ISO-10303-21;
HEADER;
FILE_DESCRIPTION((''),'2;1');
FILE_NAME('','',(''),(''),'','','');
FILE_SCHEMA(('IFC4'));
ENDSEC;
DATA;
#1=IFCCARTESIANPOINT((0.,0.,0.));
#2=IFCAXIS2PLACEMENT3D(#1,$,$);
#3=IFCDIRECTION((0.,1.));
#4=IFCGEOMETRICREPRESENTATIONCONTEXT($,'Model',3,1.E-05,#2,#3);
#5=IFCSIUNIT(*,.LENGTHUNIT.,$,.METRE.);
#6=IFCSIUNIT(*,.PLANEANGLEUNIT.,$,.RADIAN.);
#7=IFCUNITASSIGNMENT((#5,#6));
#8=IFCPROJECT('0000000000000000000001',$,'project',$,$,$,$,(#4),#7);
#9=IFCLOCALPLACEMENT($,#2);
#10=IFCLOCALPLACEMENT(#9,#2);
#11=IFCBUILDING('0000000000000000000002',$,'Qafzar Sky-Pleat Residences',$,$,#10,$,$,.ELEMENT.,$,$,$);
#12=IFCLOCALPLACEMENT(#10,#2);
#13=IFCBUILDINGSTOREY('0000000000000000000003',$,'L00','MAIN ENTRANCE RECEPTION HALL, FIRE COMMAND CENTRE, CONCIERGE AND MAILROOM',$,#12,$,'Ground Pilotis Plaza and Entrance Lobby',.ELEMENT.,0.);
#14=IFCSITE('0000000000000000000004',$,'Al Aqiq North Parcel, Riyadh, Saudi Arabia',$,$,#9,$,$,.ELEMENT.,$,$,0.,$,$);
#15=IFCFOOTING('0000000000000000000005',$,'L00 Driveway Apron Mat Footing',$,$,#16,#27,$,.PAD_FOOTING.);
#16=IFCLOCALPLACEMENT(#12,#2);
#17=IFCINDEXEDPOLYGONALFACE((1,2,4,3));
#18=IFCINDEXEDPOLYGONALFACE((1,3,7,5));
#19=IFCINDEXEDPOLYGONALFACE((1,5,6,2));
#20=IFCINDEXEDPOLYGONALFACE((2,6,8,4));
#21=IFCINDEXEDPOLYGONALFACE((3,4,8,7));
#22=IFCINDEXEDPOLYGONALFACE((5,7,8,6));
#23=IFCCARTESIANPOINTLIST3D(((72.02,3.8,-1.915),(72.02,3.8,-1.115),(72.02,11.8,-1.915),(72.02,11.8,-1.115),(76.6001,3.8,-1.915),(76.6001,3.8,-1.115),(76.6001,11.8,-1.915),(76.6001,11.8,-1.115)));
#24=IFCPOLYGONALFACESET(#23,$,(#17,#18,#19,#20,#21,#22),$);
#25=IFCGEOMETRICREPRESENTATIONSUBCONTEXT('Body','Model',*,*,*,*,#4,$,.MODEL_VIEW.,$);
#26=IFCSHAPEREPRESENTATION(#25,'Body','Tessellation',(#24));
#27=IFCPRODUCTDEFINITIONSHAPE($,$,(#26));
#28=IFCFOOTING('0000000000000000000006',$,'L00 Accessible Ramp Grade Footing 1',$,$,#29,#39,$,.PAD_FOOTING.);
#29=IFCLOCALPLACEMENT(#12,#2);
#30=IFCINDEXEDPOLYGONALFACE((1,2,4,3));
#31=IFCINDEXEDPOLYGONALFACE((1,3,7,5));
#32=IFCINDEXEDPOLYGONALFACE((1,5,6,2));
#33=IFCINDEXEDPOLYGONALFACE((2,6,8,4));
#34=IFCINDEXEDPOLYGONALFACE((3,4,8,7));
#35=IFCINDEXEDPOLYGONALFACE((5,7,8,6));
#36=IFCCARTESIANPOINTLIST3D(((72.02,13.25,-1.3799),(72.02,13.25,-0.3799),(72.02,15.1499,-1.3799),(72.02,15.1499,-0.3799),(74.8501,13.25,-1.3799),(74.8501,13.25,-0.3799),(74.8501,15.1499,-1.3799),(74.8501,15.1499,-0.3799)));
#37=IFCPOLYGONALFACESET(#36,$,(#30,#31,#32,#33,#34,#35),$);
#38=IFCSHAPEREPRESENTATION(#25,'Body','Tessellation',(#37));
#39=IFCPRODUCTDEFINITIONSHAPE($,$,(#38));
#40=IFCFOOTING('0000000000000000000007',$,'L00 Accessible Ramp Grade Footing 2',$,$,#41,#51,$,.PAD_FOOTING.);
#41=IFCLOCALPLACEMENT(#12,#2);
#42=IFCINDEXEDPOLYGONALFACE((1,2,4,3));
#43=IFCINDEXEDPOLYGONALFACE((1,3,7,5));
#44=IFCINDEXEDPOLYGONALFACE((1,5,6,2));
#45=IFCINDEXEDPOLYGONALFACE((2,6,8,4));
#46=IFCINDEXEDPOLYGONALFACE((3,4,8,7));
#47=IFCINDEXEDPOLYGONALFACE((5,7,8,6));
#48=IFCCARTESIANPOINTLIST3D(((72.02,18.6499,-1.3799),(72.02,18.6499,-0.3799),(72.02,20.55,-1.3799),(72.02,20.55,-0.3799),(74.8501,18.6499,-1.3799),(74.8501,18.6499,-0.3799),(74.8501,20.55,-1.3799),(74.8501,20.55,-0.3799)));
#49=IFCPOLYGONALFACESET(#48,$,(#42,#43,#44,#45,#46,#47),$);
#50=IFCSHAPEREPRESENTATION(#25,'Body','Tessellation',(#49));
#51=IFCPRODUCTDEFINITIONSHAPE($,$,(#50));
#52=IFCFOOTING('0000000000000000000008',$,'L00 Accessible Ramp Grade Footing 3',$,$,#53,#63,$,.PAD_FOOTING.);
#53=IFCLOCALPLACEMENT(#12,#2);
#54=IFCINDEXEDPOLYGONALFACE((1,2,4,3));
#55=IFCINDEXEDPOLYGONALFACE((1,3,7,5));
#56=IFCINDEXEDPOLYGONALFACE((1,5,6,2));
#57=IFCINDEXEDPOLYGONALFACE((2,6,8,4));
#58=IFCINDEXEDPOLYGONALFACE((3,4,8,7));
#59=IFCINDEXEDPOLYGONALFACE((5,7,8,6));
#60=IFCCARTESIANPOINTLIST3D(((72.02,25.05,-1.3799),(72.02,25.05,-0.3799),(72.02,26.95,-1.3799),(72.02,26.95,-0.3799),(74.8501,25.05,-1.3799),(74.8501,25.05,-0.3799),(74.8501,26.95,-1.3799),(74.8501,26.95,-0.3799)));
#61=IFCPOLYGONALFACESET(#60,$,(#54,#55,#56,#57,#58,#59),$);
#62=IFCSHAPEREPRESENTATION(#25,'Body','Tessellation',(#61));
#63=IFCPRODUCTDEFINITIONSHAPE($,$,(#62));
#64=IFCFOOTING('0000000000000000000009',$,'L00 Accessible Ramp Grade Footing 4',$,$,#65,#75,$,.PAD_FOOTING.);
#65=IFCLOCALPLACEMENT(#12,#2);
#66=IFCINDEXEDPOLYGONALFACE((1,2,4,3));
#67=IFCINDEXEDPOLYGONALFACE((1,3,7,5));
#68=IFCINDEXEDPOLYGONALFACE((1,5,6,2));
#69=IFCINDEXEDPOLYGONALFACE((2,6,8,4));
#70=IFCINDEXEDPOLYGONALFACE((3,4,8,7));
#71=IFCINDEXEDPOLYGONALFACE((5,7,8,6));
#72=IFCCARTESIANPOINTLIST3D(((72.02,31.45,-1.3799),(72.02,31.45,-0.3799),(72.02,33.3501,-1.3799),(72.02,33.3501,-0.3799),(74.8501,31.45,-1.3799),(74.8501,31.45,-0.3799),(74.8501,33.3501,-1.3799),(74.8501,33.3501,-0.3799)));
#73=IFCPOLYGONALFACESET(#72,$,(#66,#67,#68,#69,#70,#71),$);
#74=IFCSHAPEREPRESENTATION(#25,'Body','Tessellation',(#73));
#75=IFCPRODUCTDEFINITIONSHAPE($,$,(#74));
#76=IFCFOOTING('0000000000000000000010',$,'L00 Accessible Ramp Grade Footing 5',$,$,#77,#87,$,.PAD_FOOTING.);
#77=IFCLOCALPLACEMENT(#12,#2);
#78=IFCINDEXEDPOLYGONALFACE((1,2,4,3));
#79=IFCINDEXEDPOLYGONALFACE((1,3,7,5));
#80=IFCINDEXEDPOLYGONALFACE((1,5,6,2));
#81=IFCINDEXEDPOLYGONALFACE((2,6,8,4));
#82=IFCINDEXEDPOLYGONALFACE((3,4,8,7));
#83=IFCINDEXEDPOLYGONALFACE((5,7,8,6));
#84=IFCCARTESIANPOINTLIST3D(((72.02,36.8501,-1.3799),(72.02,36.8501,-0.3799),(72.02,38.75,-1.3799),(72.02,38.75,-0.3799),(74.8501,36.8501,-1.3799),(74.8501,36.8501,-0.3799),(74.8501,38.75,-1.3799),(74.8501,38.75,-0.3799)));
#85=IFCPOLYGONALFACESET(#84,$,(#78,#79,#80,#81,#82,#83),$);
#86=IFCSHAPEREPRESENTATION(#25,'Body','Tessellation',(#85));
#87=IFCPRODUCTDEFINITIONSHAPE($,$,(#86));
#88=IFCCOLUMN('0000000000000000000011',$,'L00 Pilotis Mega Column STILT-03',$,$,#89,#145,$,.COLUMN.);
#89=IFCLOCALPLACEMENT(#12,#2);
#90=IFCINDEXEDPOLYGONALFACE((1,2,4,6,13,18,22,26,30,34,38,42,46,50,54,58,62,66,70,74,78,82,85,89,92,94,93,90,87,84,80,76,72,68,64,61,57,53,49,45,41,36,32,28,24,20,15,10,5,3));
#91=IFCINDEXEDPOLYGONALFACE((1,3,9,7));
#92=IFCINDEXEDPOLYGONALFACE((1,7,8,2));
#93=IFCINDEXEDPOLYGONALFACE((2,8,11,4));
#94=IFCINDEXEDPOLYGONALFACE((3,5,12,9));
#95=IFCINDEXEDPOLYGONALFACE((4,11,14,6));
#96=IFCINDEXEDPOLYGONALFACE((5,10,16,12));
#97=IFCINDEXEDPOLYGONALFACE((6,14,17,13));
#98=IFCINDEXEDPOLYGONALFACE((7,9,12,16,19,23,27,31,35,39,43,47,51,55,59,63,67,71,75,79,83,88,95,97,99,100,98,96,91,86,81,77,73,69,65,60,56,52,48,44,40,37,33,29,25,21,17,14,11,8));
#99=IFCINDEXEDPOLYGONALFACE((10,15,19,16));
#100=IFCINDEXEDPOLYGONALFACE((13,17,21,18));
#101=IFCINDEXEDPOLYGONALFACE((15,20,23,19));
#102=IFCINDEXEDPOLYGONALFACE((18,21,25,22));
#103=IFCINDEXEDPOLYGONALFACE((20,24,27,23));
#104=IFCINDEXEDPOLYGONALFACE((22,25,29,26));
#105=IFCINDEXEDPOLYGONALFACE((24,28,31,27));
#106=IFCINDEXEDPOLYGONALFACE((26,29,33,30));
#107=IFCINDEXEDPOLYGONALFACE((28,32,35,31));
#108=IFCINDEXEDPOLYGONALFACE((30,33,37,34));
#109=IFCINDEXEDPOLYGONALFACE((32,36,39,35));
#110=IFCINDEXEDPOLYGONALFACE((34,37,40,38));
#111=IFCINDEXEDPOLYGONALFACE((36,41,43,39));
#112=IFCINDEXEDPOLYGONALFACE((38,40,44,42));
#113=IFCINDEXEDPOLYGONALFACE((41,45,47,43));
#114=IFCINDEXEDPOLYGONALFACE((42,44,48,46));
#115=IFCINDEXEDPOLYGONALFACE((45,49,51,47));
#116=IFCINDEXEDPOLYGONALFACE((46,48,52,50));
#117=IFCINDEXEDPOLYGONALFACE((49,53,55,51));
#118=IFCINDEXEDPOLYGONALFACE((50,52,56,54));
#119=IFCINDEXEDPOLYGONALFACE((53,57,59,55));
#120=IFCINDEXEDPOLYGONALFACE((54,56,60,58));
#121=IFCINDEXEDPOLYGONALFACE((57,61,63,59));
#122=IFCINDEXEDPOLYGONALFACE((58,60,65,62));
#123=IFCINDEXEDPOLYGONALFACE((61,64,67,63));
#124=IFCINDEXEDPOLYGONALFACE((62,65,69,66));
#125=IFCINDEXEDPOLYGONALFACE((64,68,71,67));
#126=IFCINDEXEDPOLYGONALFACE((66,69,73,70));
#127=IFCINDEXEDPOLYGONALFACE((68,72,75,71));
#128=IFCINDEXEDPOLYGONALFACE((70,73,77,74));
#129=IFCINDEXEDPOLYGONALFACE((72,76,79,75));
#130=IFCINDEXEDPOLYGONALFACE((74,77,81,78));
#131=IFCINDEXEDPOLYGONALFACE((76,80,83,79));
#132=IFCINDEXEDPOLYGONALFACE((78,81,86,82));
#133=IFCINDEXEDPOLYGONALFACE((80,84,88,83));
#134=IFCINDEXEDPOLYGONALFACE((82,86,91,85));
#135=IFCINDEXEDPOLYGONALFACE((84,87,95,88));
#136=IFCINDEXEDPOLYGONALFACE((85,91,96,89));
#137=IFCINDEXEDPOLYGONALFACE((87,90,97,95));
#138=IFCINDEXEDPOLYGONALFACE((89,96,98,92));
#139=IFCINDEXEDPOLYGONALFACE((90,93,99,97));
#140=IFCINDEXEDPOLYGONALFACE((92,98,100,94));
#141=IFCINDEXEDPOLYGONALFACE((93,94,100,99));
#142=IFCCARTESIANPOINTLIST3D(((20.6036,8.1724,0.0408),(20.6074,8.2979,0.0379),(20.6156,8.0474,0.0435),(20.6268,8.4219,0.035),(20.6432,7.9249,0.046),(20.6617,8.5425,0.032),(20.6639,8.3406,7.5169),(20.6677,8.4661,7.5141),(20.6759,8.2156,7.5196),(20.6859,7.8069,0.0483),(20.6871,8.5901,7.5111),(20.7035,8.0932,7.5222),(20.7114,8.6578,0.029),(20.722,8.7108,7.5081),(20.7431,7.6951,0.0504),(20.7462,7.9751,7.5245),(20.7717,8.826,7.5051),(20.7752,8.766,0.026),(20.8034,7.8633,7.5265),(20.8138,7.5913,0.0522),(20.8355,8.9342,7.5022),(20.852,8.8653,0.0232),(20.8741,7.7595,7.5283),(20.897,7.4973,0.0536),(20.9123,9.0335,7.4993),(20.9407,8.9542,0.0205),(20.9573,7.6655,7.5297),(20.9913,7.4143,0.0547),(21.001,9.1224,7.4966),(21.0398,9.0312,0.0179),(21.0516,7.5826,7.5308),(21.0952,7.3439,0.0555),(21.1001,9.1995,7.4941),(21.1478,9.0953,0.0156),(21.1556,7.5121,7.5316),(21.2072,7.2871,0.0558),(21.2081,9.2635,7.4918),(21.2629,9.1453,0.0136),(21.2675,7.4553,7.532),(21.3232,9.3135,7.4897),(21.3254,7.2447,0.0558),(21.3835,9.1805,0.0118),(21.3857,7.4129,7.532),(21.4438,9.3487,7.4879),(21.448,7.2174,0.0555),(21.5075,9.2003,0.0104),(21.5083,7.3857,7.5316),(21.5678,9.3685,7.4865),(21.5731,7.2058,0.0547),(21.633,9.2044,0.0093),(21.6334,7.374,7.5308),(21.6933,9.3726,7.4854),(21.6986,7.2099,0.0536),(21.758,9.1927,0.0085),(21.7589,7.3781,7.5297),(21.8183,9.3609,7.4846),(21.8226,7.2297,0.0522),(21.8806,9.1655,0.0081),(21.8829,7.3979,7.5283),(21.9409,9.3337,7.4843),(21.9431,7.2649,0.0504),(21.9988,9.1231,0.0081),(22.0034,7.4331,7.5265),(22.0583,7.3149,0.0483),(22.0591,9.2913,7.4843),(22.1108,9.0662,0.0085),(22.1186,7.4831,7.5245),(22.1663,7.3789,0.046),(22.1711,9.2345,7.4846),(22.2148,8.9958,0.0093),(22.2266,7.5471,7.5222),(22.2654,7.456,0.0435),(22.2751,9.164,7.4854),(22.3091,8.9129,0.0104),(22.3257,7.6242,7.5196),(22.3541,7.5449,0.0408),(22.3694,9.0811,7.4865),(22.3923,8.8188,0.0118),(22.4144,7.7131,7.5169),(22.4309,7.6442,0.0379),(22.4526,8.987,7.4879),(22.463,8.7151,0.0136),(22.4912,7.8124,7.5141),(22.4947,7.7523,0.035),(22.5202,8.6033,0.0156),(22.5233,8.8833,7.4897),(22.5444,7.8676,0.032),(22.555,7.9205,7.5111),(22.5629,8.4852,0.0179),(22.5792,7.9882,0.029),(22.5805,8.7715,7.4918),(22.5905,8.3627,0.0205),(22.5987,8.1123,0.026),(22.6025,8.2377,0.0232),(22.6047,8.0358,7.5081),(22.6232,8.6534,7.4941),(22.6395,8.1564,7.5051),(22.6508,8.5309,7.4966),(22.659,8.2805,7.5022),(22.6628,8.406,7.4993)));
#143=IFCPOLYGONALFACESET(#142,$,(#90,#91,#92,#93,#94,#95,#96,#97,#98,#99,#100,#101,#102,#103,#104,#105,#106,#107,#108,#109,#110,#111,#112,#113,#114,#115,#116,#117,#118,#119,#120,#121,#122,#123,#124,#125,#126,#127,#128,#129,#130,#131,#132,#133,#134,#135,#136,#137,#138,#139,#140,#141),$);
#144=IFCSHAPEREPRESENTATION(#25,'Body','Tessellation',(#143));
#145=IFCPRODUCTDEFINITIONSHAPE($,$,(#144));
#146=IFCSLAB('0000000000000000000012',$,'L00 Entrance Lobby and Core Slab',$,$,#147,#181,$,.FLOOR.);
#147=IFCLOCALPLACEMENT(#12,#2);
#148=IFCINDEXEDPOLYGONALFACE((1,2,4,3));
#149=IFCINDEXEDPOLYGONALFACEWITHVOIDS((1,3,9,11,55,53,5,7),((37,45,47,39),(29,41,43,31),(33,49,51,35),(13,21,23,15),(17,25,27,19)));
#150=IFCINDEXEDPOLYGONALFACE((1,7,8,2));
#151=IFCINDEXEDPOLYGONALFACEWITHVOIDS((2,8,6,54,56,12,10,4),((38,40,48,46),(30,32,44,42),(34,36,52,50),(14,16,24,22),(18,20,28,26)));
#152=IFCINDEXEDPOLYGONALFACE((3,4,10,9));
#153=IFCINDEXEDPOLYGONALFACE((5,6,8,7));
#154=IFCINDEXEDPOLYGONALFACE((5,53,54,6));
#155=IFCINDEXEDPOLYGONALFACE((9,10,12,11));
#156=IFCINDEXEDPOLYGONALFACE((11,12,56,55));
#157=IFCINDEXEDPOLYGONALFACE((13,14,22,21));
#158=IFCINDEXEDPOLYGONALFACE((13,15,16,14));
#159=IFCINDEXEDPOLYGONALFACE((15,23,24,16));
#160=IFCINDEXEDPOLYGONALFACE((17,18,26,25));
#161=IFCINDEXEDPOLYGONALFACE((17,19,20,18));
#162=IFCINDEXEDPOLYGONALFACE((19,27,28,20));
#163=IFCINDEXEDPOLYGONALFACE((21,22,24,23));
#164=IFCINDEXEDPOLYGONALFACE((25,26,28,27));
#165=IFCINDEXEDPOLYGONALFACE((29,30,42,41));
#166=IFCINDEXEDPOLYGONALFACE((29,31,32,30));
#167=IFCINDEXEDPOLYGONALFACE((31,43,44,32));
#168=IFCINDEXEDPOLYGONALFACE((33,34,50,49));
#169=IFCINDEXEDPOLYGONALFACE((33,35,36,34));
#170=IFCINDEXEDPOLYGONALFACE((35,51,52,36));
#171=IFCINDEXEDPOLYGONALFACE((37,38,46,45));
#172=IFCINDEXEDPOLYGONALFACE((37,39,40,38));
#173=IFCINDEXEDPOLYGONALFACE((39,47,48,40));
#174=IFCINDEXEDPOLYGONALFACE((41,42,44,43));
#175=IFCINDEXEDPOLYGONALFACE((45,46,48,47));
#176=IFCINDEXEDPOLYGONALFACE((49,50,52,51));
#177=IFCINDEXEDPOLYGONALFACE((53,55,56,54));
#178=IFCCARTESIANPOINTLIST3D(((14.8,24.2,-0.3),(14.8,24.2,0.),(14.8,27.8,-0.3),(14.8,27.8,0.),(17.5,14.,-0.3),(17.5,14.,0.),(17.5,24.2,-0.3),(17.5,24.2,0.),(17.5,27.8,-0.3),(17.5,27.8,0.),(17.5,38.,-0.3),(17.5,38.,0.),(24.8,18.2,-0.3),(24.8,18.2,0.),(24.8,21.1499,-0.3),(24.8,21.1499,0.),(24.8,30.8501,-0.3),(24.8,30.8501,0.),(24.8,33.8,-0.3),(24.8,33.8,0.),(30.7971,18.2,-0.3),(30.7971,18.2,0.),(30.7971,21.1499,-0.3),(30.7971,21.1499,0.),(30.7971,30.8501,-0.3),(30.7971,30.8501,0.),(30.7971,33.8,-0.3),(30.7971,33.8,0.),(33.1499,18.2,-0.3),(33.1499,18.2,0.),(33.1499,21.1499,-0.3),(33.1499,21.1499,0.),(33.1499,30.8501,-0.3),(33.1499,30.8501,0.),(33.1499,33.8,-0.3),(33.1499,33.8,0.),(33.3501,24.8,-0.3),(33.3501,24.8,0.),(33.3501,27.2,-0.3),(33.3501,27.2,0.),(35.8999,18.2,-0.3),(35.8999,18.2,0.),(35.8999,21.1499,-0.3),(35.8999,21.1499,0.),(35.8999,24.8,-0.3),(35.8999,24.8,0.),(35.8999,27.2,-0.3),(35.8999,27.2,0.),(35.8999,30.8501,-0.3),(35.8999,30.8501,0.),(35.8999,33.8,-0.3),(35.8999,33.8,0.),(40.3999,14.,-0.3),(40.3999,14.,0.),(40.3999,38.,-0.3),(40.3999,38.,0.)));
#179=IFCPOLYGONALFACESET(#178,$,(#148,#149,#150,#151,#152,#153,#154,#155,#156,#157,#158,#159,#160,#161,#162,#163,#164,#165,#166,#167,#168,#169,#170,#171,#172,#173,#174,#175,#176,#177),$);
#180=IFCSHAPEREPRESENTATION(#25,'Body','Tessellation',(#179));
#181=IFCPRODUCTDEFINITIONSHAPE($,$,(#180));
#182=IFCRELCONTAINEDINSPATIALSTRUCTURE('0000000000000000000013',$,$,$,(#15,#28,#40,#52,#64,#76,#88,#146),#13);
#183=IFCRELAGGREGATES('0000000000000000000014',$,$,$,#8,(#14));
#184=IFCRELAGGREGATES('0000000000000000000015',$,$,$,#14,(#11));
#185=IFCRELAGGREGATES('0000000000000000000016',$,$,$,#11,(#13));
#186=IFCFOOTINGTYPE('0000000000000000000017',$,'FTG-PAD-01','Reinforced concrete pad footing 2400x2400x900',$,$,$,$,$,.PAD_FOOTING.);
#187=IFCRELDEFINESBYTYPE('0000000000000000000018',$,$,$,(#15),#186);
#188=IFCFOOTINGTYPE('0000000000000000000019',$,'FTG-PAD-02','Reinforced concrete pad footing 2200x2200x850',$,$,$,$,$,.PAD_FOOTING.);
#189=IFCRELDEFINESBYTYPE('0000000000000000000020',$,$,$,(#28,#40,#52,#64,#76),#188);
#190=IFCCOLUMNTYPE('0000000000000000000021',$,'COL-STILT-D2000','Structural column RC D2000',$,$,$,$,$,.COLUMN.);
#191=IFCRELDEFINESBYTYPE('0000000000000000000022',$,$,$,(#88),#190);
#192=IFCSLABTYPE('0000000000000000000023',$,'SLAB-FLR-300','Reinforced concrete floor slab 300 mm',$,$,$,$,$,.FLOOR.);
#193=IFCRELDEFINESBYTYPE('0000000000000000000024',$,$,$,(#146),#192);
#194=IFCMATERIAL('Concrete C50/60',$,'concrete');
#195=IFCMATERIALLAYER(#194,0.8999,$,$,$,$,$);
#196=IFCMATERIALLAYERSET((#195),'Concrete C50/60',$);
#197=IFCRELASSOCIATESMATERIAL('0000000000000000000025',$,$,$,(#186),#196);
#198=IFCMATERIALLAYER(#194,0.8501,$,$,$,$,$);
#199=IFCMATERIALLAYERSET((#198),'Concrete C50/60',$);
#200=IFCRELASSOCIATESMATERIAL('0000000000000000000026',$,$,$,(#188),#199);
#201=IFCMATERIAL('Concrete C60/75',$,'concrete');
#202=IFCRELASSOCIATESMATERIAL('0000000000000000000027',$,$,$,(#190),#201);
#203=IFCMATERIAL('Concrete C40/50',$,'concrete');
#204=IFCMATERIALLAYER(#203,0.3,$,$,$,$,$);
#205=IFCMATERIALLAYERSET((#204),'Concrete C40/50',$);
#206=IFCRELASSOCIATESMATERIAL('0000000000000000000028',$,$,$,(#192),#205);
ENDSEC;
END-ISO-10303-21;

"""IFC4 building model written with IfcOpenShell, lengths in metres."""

from ifc_helpers import new_model, si_unit, direction, frame, origin, origin_2d, place, context, subcontext, project, spatial, polyline, circle, outline, extrude, source, transform, mapped, material, layer, layer_set, material_profile, profile_set, type_object, element, save


model = new_model("IFC4")

# Units and contexts
model_context = context("Model", 3, precision=1e-05, world=origin(), true_north=direction((0.0, 1.0)))
body_context = subcontext(model_context, "Body", "Model", "MODEL_VIEW")
ifc_project = project(units=[si_unit("LENGTHUNIT", "METRE"), si_unit("PLANEANGLEUNIT", "RADIAN")], contexts=[model_context])

# Site, building, storey
site_placement = place(None, origin())
site = spatial("IfcSite", under=ifc_project, at=site_placement, Name="Al Aqiq North Parcel, Riyadh, Saudi Arabia", CompositionType="ELEMENT", RefElevation=0.0)
building_placement = place(site_placement, origin())
building = spatial("IfcBuilding", under=site, at=building_placement, Name="Qafzar Sky-Pleat Residences", CompositionType="ELEMENT")
storey_placement = place(building_placement, origin())
storey = spatial("IfcBuildingStorey", under=building, at=storey_placement, Name="L00", Description="MAIN ENTRANCE RECEPTION HALL, FIRE COMMAND CENTRE, CONCIERGE AND MAILROOM", LongName="Ground Pilotis Plaza and Entrance Lobby", CompositionType="ELEMENT", Elevation=0.0)

# Footings
ifc_material_1 = material(Name="Concrete C50/60", Category="concrete")
ifc_layer_1 = layer(ifc_material_1, 0.8999)
ifc_layer_set_1 = layer_set([ifc_layer_1], Name="Concrete C50/60")
footing_type_1 = type_object("IfcFootingType", Name="FTG-PAD-01", Description="Reinforced concrete pad footing 2400x2400x900", PredefinedType="PAD_FOOTING", material=ifc_layer_set_1)
footing_1_placement = place(storey_placement, frame((0.0, 0.0, -1.915)))
element("IfcFooting", 1, at=footing_1_placement, inside=storey, type_object=footing_type_1, Name="L00 Driveway Apron Mat Footing", PredefinedType="PAD_FOOTING", context=body_context, shape_type="SweptSolid", body=[
    extrude(outline(polyline([(72.02, 3.8), (76.6001, 3.8), (76.6001, 11.8), (72.02, 11.8), (72.02, 3.8)])), origin(), (0.0, 0.0, 1.0), 0.8),
])
ifc_layer_2 = layer(ifc_material_1, 0.8501)
ifc_layer_set_2 = layer_set([ifc_layer_2], Name="Concrete C50/60")
footing_type_2 = type_object("IfcFootingType", Name="FTG-PAD-02", Description="Reinforced concrete pad footing 2200x2200x850", PredefinedType="PAD_FOOTING", material=ifc_layer_set_2)
footing_2_placement = place(storey_placement, frame((0.0, 0.0, -1.3799)))
element("IfcFooting", 2, at=footing_2_placement, inside=storey, type_object=footing_type_2, Name="L00 Accessible Ramp Grade Footing 1", PredefinedType="PAD_FOOTING", context=body_context, shape_type="SweptSolid", body=[
    extrude(outline(polyline([(72.02, 13.25), (74.8501, 13.25), (74.8501, 15.1499), (72.02, 15.1499), (72.02, 13.25)])), origin(), (0.0, 0.0, 1.0), 1.0),
])
footing_3_placement = place(storey_placement, frame((0.0, 0.0, -1.3799)))
element("IfcFooting", 3, at=footing_3_placement, inside=storey, type_object=footing_type_2, Name="L00 Accessible Ramp Grade Footing 2", PredefinedType="PAD_FOOTING", context=body_context, shape_type="SweptSolid", body=[
    extrude(outline(polyline([(72.02, 18.6499), (74.8501, 18.6499), (74.8501, 20.55), (72.02, 20.55), (72.02, 18.6499)])), origin(), (0.0, 0.0, 1.0), 1.0),
])
footing_4_placement = place(storey_placement, frame((0.0, 0.0, -1.3799)))
element("IfcFooting", 4, at=footing_4_placement, inside=storey, type_object=footing_type_2, Name="L00 Accessible Ramp Grade Footing 3", PredefinedType="PAD_FOOTING", context=body_context, shape_type="SweptSolid", body=[
    extrude(outline(polyline([(72.02, 25.05), (74.8501, 25.05), (74.8501, 26.95), (72.02, 26.95), (72.02, 25.05)])), origin(), (0.0, 0.0, 1.0), 1.0),
])
footing_5_placement = place(storey_placement, frame((0.0, 0.0, -1.3799)))
element("IfcFooting", 5, at=footing_5_placement, inside=storey, type_object=footing_type_2, Name="L00 Accessible Ramp Grade Footing 4", PredefinedType="PAD_FOOTING", context=body_context, shape_type="SweptSolid", body=[
    extrude(outline(polyline([(72.02, 31.45), (74.8501, 31.45), (74.8501, 33.3501), (72.02, 33.3501), (72.02, 31.45)])), origin(), (0.0, 0.0, 1.0), 1.0),
])
footing_6_placement = place(storey_placement, frame((0.0, 0.0, -1.3799)))
element("IfcFooting", 6, at=footing_6_placement, inside=storey, type_object=footing_type_2, Name="L00 Accessible Ramp Grade Footing 5", PredefinedType="PAD_FOOTING", context=body_context, shape_type="SweptSolid", body=[
    extrude(outline(polyline([(72.02, 36.8501), (74.8501, 36.8501), (74.8501, 38.75), (72.02, 38.75), (72.02, 36.8501)])), origin(), (0.0, 0.0, 1.0), 1.0),
])

# Column
ifc_material_2 = material(Name="Concrete C60/75", Category="concrete")
ifc_material_profile = material_profile(ifc_material_2, circle(Radius=1.0, at=origin_2d()), Name="RC D2000")
ifc_profile_set = profile_set([ifc_material_profile], Name="Concrete C60/75")
column_type = type_object("IfcColumnType", Name="COL-STILT-D2000", Description="Structural column RC D2000", PredefinedType="COLUMN", material=ifc_profile_set)
shared_shape_1 = source(origin(), body_context, "Body", "SweptSolid", [
    extrude(circle(Radius=1.0, at=origin_2d()), origin(), (0.0, 0.0, 1.0), 7.4783),
])
column_placement = place(storey_placement, frame((21.603, 8.2051, 0.032), z_axis=(0.008064, 0.022494, 0.999714), x_axis=(-0.941339, 0.337461, 0.0)))
element("IfcColumn", 7, at=column_placement, inside=storey, type_object=column_type, Name="L00 Pilotis Mega Column STILT-03", PredefinedType="COLUMN", context=body_context, shape_type="MappedRepresentation", body=[
    mapped(shared_shape_1, transform((0.0, 0.0, 0.0), x_axis=(1.0, 0.0, 0.0), y_axis=(0.0, 1.0, 0.0), z_axis=(0.0, 0.0, 1.0), scale=1.0)),
])

# Slab
ifc_material_3 = material(Name="Concrete C40/50", Category="concrete")
ifc_layer_3 = layer(ifc_material_3, 0.3)
ifc_layer_set_3 = layer_set([ifc_layer_3], Name="Concrete C40/50")
slab_type_1 = type_object("IfcSlabType", Name="SLAB-FLR-300", Description="Reinforced concrete floor slab 300 mm", PredefinedType="FLOOR", material=ifc_layer_set_3)
slab_1_placement = place(storey_placement, frame((0.0, 0.0, -0.3)))
element("IfcSlab", 8, at=slab_1_placement, inside=storey, type_object=slab_type_1, Name="L00 Entrance Lobby and Core Slab", PredefinedType="FLOOR", context=body_context, shape_type="SweptSolid", body=[
    extrude(outline(polyline([(17.5, 38.0), (40.3999, 38.0), (40.3999, 14.0), (17.5, 14.0), (17.5, 24.2), (14.8, 24.2), (14.8, 27.8), (17.5, 27.8), (17.5, 38.0)]), holes=[polyline([(30.7971, 21.1499), (24.8, 21.1499), (24.8, 18.2), (30.7971, 18.2), (30.7971, 21.1499)]), polyline([(30.7971, 33.8), (24.8, 33.8), (24.8, 30.8501), (30.7971, 30.8501), (30.7971, 33.8)]), polyline([(33.1499, 18.2), (35.8999, 18.2), (35.8999, 21.1499), (33.1499, 21.1499), (33.1499, 18.2)]), polyline([(33.1499, 30.8501), (35.8999, 30.8501), (35.8999, 33.8), (33.1499, 33.8), (33.1499, 30.8501)]), polyline([(33.3501, 24.8), (35.8999, 24.8), (35.8999, 27.2), (33.3501, 27.2), (33.3501, 24.8)])]), origin(), (0.0, 0.0, 1.0), 0.3),
])

save(model, "model.ifc")
